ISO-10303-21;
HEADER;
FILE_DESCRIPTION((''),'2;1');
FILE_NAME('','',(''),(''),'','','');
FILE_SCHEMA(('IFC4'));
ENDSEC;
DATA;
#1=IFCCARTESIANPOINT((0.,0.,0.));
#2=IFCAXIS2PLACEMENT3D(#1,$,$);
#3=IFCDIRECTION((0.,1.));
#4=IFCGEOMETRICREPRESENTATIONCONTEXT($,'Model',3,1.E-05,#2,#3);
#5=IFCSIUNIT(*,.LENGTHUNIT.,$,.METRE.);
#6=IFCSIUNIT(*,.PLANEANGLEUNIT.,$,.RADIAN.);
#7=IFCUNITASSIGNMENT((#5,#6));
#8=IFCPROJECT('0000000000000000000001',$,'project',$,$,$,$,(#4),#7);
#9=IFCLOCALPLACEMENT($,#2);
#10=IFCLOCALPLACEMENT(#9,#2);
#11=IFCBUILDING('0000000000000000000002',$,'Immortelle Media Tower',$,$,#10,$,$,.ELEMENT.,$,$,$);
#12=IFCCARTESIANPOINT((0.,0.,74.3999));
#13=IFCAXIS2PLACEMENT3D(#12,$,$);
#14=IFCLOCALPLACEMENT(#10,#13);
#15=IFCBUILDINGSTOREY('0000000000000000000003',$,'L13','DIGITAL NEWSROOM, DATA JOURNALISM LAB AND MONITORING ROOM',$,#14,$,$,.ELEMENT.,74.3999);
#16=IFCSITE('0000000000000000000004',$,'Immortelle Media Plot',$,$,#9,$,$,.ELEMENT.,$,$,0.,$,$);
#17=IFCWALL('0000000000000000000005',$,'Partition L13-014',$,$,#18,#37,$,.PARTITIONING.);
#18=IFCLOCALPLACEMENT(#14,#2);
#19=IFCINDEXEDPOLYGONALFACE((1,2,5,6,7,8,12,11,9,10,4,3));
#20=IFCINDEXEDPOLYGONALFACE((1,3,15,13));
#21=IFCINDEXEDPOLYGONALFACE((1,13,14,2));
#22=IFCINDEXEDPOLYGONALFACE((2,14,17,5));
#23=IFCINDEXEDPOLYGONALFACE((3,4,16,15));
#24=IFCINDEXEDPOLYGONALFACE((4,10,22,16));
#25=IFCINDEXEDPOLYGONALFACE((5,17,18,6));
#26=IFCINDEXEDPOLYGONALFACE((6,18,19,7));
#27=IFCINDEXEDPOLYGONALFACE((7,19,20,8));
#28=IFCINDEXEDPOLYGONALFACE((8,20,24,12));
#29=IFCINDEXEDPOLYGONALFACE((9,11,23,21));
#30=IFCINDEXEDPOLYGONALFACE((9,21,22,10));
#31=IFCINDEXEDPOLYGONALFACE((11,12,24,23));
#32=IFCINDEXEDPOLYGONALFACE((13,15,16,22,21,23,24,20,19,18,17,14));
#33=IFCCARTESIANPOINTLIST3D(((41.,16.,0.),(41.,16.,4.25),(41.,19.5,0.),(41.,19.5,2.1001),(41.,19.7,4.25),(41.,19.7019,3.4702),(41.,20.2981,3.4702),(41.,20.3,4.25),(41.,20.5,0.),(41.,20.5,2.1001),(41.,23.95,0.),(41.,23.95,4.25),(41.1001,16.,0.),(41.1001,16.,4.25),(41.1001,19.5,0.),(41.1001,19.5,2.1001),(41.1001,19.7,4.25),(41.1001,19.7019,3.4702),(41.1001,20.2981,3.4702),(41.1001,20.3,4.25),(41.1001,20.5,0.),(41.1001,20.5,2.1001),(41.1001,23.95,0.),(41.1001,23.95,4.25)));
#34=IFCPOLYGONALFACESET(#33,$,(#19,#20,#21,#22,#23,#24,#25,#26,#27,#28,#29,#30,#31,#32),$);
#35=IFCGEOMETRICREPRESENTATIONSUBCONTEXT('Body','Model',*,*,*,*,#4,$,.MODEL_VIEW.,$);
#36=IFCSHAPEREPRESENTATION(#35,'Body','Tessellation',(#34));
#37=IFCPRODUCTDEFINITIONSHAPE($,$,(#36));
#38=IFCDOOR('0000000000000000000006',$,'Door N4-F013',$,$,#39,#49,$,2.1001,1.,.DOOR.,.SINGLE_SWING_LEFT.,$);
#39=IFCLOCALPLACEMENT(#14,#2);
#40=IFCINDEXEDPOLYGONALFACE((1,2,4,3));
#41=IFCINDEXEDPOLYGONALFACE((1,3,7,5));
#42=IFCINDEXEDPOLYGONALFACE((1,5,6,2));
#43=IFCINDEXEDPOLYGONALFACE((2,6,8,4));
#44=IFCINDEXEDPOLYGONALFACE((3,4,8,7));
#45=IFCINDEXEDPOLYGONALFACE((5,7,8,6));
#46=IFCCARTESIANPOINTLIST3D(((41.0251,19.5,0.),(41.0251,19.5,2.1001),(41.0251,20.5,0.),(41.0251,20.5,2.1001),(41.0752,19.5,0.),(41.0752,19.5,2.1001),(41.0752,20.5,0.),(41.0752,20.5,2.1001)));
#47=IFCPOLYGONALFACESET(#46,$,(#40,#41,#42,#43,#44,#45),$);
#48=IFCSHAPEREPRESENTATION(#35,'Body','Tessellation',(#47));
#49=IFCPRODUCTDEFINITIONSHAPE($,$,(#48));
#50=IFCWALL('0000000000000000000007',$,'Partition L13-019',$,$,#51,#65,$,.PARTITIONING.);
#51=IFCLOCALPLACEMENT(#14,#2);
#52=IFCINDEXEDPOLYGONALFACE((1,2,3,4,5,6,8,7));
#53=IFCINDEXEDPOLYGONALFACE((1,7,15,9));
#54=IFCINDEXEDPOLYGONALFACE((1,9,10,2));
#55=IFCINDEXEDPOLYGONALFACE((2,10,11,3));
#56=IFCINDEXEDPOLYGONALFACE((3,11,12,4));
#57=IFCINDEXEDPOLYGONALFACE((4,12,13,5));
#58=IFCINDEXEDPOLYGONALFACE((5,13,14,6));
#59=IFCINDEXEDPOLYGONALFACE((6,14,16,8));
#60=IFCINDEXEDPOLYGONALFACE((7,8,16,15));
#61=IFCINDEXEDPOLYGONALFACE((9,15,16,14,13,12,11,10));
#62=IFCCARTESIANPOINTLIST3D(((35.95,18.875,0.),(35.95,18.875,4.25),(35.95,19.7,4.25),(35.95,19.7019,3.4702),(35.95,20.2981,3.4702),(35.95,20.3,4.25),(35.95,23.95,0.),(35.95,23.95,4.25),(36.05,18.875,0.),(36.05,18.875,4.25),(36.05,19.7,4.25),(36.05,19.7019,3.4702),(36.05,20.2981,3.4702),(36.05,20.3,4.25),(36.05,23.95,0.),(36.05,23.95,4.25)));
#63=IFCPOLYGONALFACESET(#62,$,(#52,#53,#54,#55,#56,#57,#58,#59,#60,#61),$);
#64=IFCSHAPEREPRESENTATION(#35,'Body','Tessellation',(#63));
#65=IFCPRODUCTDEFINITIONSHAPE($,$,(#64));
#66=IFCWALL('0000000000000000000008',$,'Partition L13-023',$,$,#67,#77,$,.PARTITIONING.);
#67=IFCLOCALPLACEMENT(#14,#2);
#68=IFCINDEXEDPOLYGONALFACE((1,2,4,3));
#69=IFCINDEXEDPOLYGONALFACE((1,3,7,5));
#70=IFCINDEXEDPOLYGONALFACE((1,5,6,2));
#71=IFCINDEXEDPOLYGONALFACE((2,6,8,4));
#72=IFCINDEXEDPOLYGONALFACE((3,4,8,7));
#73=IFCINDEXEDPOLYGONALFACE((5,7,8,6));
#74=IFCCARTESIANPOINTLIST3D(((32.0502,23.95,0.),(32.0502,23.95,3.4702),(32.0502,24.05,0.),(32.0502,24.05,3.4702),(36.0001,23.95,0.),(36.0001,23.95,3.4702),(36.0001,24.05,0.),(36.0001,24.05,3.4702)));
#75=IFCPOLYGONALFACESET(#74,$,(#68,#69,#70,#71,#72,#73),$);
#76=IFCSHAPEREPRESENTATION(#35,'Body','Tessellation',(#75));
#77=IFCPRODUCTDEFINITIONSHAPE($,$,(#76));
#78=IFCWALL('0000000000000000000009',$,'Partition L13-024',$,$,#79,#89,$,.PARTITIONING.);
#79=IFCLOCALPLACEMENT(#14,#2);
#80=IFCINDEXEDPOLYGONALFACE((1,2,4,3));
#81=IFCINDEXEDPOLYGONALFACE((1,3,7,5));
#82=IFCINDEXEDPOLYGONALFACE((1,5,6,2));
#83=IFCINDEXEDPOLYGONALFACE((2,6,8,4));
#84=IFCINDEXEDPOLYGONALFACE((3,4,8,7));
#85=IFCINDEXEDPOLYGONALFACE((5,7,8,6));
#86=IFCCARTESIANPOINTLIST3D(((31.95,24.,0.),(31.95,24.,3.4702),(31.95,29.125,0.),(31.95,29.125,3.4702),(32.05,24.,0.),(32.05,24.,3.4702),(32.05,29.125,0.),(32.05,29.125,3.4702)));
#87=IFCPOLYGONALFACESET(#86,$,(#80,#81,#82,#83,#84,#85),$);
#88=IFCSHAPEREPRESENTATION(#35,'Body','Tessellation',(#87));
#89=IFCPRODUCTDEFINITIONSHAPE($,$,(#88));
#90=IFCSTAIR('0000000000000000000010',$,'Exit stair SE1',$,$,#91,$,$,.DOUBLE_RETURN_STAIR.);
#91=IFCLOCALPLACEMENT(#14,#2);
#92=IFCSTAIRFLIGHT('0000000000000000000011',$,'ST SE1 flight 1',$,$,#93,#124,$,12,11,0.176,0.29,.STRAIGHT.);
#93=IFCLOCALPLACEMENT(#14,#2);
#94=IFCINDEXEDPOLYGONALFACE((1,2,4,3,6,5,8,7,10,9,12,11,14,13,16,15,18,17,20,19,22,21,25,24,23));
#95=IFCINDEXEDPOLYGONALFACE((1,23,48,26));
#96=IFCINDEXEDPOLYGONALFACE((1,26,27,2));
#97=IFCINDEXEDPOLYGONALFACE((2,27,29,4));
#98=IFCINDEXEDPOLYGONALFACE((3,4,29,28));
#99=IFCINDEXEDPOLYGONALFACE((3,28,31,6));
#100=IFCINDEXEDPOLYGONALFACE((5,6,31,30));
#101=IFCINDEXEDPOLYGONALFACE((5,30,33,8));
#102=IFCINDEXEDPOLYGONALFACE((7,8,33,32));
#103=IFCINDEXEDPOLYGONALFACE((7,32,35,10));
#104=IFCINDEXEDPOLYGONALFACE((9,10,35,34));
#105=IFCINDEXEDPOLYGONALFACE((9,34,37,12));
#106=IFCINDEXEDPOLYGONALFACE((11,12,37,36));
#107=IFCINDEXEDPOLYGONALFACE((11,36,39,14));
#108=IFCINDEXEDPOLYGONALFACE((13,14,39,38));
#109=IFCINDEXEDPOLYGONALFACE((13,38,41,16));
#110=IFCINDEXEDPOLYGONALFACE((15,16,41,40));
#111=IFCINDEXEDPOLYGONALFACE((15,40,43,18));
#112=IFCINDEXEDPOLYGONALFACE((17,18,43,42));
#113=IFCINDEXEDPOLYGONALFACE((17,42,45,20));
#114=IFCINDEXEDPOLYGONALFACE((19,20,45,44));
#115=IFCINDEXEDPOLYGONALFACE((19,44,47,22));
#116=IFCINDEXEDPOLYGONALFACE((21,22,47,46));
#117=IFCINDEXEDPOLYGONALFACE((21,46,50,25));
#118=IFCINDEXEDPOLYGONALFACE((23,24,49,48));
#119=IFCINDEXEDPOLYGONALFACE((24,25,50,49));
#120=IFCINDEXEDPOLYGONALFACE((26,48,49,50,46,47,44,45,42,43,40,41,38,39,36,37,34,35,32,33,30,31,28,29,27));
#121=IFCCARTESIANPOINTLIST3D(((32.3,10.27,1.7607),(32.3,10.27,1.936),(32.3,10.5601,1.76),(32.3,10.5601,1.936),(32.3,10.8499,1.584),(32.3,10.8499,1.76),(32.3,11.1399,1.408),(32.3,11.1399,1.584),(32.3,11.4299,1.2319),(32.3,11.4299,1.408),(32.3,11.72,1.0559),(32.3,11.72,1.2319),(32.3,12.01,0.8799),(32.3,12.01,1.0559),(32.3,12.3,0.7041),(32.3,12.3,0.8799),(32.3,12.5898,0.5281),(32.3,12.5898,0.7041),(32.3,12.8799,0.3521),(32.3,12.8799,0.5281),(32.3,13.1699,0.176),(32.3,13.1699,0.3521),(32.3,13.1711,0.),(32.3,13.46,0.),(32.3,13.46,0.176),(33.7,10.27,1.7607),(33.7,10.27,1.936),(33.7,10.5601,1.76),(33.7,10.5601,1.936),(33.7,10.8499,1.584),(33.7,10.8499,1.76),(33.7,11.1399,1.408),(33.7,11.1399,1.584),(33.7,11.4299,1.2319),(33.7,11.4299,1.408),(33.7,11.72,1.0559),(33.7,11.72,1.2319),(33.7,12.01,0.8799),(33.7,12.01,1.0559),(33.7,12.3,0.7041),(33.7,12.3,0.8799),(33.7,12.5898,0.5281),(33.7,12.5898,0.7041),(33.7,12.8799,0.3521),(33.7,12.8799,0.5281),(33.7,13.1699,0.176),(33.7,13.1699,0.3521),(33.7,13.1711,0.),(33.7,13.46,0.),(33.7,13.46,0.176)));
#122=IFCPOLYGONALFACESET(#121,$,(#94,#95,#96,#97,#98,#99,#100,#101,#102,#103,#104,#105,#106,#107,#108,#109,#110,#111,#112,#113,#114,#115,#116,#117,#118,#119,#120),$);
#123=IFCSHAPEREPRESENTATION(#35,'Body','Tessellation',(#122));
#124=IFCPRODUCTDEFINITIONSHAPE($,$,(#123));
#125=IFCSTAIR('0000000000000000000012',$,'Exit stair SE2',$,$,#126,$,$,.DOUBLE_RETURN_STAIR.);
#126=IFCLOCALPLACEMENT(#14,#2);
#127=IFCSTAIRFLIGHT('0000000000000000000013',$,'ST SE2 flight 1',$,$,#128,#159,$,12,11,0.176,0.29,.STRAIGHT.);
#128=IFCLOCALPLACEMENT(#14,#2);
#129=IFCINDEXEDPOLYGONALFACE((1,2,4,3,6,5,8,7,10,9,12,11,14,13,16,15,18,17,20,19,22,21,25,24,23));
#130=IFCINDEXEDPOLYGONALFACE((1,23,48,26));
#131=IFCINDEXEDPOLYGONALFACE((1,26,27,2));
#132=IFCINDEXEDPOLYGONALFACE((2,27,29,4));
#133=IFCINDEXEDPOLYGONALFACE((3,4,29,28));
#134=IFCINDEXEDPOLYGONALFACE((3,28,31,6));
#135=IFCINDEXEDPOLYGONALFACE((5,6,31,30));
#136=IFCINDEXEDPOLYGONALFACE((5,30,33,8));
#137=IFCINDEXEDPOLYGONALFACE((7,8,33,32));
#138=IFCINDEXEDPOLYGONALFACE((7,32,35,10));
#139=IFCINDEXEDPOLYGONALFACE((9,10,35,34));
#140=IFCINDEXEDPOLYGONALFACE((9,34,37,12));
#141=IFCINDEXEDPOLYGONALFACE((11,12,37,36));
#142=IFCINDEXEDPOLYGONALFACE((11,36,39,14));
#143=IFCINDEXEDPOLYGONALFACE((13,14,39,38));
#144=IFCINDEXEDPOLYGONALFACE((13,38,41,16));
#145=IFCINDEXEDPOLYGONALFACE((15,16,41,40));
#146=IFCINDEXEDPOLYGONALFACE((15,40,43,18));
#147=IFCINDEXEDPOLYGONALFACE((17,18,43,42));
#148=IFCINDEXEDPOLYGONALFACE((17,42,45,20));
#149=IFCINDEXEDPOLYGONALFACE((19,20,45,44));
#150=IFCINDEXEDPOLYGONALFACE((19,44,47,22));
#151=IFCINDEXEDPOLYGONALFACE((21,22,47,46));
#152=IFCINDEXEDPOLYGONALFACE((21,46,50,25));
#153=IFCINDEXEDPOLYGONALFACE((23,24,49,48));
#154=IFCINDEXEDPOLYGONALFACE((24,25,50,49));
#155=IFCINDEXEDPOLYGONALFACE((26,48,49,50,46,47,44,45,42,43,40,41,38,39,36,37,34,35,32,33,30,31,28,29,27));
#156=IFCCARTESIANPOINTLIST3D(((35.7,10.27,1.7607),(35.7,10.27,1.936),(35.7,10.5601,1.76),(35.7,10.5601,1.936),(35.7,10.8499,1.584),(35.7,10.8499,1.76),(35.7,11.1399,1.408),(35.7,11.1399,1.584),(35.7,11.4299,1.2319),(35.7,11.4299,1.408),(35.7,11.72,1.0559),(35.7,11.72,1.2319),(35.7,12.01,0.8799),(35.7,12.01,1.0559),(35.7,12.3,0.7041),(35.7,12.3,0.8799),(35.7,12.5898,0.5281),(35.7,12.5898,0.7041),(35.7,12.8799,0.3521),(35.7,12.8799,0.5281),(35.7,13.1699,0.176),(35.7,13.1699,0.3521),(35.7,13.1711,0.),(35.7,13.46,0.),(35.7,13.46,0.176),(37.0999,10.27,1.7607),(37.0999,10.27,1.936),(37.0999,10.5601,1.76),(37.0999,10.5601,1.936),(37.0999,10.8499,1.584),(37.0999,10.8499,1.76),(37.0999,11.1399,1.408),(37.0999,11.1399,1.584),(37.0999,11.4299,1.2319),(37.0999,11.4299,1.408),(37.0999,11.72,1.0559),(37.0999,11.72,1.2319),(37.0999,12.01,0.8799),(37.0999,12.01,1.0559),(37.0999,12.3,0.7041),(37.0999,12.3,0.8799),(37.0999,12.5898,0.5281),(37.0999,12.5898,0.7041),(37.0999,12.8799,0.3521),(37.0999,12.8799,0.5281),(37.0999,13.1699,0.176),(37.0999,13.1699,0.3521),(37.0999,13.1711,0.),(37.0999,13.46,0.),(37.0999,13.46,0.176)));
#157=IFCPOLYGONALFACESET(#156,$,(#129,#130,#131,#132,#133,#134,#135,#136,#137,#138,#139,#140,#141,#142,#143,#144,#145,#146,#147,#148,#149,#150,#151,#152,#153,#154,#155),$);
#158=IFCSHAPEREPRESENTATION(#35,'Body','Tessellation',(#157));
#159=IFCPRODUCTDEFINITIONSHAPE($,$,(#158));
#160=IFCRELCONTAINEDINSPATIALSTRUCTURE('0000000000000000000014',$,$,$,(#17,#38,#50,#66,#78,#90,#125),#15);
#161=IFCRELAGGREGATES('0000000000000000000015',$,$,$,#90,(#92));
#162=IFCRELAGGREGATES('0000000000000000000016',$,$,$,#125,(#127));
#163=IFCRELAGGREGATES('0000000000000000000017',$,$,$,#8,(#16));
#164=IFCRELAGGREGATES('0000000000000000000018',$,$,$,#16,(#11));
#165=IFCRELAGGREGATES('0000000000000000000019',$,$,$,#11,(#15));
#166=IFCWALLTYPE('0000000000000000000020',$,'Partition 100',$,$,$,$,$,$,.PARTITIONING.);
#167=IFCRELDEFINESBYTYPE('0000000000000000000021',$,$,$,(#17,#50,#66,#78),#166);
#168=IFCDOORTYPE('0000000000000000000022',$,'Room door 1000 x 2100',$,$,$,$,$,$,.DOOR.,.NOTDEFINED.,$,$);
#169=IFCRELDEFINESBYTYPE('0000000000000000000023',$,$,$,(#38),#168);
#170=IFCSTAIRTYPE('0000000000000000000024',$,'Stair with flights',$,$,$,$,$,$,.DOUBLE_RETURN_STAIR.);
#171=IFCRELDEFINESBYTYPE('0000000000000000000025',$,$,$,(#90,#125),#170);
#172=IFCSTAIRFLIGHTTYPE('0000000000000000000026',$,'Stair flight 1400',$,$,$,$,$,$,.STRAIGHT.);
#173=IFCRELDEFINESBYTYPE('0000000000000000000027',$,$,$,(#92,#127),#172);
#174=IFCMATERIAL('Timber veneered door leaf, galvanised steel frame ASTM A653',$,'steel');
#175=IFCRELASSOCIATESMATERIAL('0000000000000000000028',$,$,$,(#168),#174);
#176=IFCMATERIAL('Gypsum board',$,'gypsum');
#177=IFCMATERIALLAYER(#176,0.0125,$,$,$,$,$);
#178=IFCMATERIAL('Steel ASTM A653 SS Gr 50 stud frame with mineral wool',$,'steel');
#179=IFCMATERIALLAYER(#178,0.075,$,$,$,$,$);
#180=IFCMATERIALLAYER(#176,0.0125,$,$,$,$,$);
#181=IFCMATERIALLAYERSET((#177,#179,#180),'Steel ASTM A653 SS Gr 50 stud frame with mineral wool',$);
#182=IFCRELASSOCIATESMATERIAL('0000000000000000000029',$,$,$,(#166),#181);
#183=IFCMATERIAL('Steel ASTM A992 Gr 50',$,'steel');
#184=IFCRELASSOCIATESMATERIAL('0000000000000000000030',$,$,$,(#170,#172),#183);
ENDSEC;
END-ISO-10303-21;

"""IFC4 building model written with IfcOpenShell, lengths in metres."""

from ifc_helpers import new_model, si_unit, direction, frame, frame_2d, origin, place, context, subcontext, project, spatial, polyline, rectangle, outline, extrude, material, layer, layer_set, type_object, element, fill, aggregate, save


model = new_model("IFC4")

# Units and contexts
model_context = context("Model", 3, precision=1e-05, world=origin(), true_north=direction((0.0, 1.0)))
body_context = subcontext(model_context, "Body", "Model", "MODEL_VIEW")
ifc_project = project(units=[si_unit("LENGTHUNIT", "METRE"), si_unit("PLANEANGLEUNIT", "RADIAN")], contexts=[model_context])

# Site, building, storey
site_placement = place(None, origin())
site = spatial("IfcSite", under=ifc_project, at=site_placement, Name="Immortelle Media Plot", CompositionType="ELEMENT", RefElevation=0.0)
building_placement = place(site_placement, origin())
building = spatial("IfcBuilding", under=site, at=building_placement, Name="Immortelle Media Tower", CompositionType="ELEMENT")
storey_placement = place(building_placement, frame((0.0, 0.0, 74.3999)))
storey = spatial("IfcBuildingStorey", under=building, at=storey_placement, Name="L13", Description="DIGITAL NEWSROOM, DATA JOURNALISM LAB AND MONITORING ROOM", CompositionType="ELEMENT", Elevation=74.3999)

# Shared definitions
ifc_material_1 = material(Name="Steel ASTM A992 Gr 50", Category="steel")

# Shared definitions
ifc_material_2 = material(Name="Steel ASTM A653 SS Gr 50 stud frame with mineral wool", Category="steel")
ifc_material_3 = material(Name="Timber veneered door leaf, galvanised steel frame ASTM A653", Category="steel")
door_type = type_object("IfcDoorType", Name="Room door 1000 x 2100", OperationType="NOTDEFINED", PredefinedType="DOOR", material=ifc_material_3)

# Shared definitions
ifc_material_4 = material(Name="Gypsum board", Category="gypsum")
ifc_layer_1 = layer(ifc_material_4, 0.0125)
ifc_layer_2 = layer(ifc_material_2, 0.075)
ifc_layer_3 = layer(ifc_material_4, 0.0125)
ifc_layer_set_1 = layer_set([ifc_layer_1, ifc_layer_2, ifc_layer_3], Name="Steel ASTM A653 SS Gr 50 stud frame with mineral wool")
wall_type_1 = type_object("IfcWallType", Name="Partition 100", PredefinedType="PARTITIONING", material=ifc_layer_set_1)

# Wall, opening, door
wall_1_placement = place(storey_placement, frame((41.05, 16.0, 0.0), z_axis=(0.0, 0.0, 1.0), x_axis=(0.0, 1.0, 0.0)))
wall_1 = element("IfcWall", 1, at=wall_1_placement, inside=storey, type_object=wall_type_1, Name="Partition L13-014", PredefinedType="PARTITIONING", context=body_context, shape_type="SweptSolid", body=[
    extrude(outline(polyline([(0.0, 0.0), (7.95, 0.0), (7.95, 4.25), (4.3, 4.25), (4.2981, 3.4702), (3.7019, 3.4702), (3.7, 4.25), (0.0, 4.25), (0.0, 0.0)])), frame((0.0, 0.05, 0.0), z_axis=(0.0, -1.0, 0.0), x_axis=(1.0, 0.0, 0.0)), (0.0, 0.0, 1.0), 0.1001),
])
opening_1_placement = place(wall_1_placement, frame((3.5, 0.0, 0.0)))
opening_1 = element("IfcOpeningElement", 2, at=opening_1_placement, cuts=wall_1, PredefinedType="OPENING", context=body_context, shape_type="SweptSolid", body=[
    extrude(rectangle(XDim=1.0, YDim=2.1001, at=frame_2d((0.5, 1.05))), frame((0.0, 0.0601, 0.0), z_axis=(0.0, -1.0, 0.0), x_axis=(1.0, 0.0, 0.0)), (0.0, 0.0, 1.0), 0.1201),
])
door_1_placement = place(opening_1_placement, origin())
door_1 = element("IfcDoor", 3, at=door_1_placement, inside=storey, type_object=door_type, Name="Door N4-F013", OperationType="SINGLE_SWING_LEFT", OverallHeight=2.1001, OverallWidth=1.0, PredefinedType="DOOR", context=body_context, shape_type="SweptSolid", body=[
    extrude(rectangle(XDim=1.0, YDim=2.1001, at=frame_2d((0.5, 1.05))), frame((0.0, 0.0249, 0.0), z_axis=(0.0, -1.0, 0.0), x_axis=(1.0, 0.0, 0.0)), (0.0, 0.0, 1.0), 0.05),
])
fill(opening_1, door_1)

# Walls
wall_2_placement = place(storey_placement, frame((36.0, 18.875, 0.0), z_axis=(0.0, 0.0, 1.0), x_axis=(0.0, 1.0, 0.0)))
element("IfcWall", 4, at=wall_2_placement, inside=storey, type_object=wall_type_1, Name="Partition L13-019", PredefinedType="PARTITIONING", context=body_context, shape_type="SweptSolid", body=[
    extrude(outline(polyline([(0.0, 0.0), (5.075, 0.0), (5.075, 4.25), (1.425, 4.25), (1.4231, 3.4702), (0.8269, 3.4702), (0.825, 4.25), (0.0, 4.25), (0.0, 0.0)])), frame((0.0, 0.05, 0.0), z_axis=(0.0, -1.0, 0.0), x_axis=(1.0, 0.0, 0.0)), (0.0, 0.0, 1.0), 0.1001),
])
wall_3_placement = place(storey_placement, frame((32.05, 24.0, 0.0), z_axis=(0.0, 0.0, 1.0), x_axis=(1.0, 0.0, 0.0)))
element("IfcWall", 5, at=wall_3_placement, inside=storey, type_object=wall_type_1, Name="Partition L13-023", PredefinedType="PARTITIONING", context=body_context, shape_type="SweptSolid", body=[
    extrude(rectangle(XDim=3.95, YDim=0.1001, at=frame_2d((1.9751, 0.0))), origin(), (0.0, 0.0, 1.0), 3.4702),
])
wall_4_placement = place(storey_placement, frame((32.0, 24.0, 0.0), z_axis=(0.0, 0.0, 1.0), x_axis=(0.0, 1.0, 0.0)))
element("IfcWall", 6, at=wall_4_placement, inside=storey, type_object=wall_type_1, Name="Partition L13-024", PredefinedType="PARTITIONING", context=body_context, shape_type="SweptSolid", body=[
    extrude(rectangle(XDim=5.125, YDim=0.1001, at=frame_2d((2.5625, 0.0))), origin(), (0.0, 0.0, 1.0), 3.4702),
])

# Stair, stair flight
stair_type = type_object("IfcStairType", Name="Stair with flights", PredefinedType="DOUBLE_RETURN_STAIR", material=ifc_material_1)
stair_1_placement = place(storey_placement, origin())
stair_1 = element("IfcStair", 7, at=stair_1_placement, inside=storey, type_object=stair_type, Name="Exit stair SE1", PredefinedType="DOUBLE_RETURN_STAIR")
stair_flight_type = type_object("IfcStairFlightType", Name="Stair flight 1400", PredefinedType="STRAIGHT", material=ifc_material_1)
stair_flight_1_placement = place(storey_placement, frame((33.0, 13.46, 0.0), z_axis=(0.0, 0.0, 1.0), x_axis=(0.0, -1.0, 0.0)))
stair_flight_1 = element("IfcStairFlight", 8, at=stair_flight_1_placement, type_object=stair_flight_type, Name="ST SE1 flight 1", NumberOfRisers=12, NumberOfTreads=11, PredefinedType="STRAIGHT", RiserHeight=0.176, TreadLength=0.29, context=body_context, shape_type="SweptSolid", body=[
    extrude(outline(polyline([(0.0, 0.0), (0.0, 0.176), (0.29, 0.176), (0.29, 0.3521), (0.5801, 0.3521), (0.5801, 0.5281), (0.8701, 0.5281), (0.8701, 0.7041), (1.1599, 0.7041), (1.1599, 0.8799), (1.45, 0.8799), (1.45, 1.0559), (1.74, 1.0559), (1.74, 1.2319), (2.03, 1.2319), (2.03, 1.408), (2.3201, 1.408), (2.3201, 1.584), (2.6101, 1.584), (2.6101, 1.76), (2.8999, 1.76), (2.8999, 1.936), (3.1899, 1.936), (3.1899, 2.1121), (3.1899, 1.7607), (0.2888, 0.0), (0.0, 0.0)])), frame((0.0, 0.7, 0.0), z_axis=(0.0, -1.0, 0.0), x_axis=(1.0, 0.0, 0.0)), (0.0, 0.0, 1.0), 1.3999),
])
aggregate(stair_1, [stair_flight_1])

# Stair, stair flight
stair_2_placement = place(storey_placement, origin())
stair_2 = element("IfcStair", 9, at=stair_2_placement, inside=storey, type_object=stair_type, Name="Exit stair SE2", PredefinedType="DOUBLE_RETURN_STAIR")
stair_flight_2_placement = place(storey_placement, frame((36.3999, 13.46, 0.0), z_axis=(0.0, 0.0, 1.0), x_axis=(0.0, -1.0, 0.0)))
stair_flight_2 = element("IfcStairFlight", 10, at=stair_flight_2_placement, type_object=stair_flight_type, Name="ST SE2 flight 1", NumberOfRisers=12, NumberOfTreads=11, PredefinedType="STRAIGHT", RiserHeight=0.176, TreadLength=0.29, context=body_context, shape_type="SweptSolid", body=[
    extrude(outline(polyline([(0.0, 0.0), (0.0, 0.176), (0.29, 0.176), (0.29, 0.3521), (0.5801, 0.3521), (0.5801, 0.5281), (0.8701, 0.5281), (0.8701, 0.7041), (1.1599, 0.7041), (1.1599, 0.8799), (1.45, 0.8799), (1.45, 1.0559), (1.74, 1.0559), (1.74, 1.2319), (2.03, 1.2319), (2.03, 1.408), (2.3201, 1.408), (2.3201, 1.584), (2.6101, 1.584), (2.6101, 1.76), (2.8999, 1.76), (2.8999, 1.936), (3.1899, 1.936), (3.1899, 2.1121), (3.1899, 1.7607), (0.2888, 0.0), (0.0, 0.0)])), frame((0.0, 0.7, 0.0), z_axis=(0.0, -1.0, 0.0), x_axis=(1.0, 0.0, 0.0)), (0.0, 0.0, 1.0), 1.3999),
])
aggregate(stair_2, [stair_flight_2])

save(model, "model.ifc")
